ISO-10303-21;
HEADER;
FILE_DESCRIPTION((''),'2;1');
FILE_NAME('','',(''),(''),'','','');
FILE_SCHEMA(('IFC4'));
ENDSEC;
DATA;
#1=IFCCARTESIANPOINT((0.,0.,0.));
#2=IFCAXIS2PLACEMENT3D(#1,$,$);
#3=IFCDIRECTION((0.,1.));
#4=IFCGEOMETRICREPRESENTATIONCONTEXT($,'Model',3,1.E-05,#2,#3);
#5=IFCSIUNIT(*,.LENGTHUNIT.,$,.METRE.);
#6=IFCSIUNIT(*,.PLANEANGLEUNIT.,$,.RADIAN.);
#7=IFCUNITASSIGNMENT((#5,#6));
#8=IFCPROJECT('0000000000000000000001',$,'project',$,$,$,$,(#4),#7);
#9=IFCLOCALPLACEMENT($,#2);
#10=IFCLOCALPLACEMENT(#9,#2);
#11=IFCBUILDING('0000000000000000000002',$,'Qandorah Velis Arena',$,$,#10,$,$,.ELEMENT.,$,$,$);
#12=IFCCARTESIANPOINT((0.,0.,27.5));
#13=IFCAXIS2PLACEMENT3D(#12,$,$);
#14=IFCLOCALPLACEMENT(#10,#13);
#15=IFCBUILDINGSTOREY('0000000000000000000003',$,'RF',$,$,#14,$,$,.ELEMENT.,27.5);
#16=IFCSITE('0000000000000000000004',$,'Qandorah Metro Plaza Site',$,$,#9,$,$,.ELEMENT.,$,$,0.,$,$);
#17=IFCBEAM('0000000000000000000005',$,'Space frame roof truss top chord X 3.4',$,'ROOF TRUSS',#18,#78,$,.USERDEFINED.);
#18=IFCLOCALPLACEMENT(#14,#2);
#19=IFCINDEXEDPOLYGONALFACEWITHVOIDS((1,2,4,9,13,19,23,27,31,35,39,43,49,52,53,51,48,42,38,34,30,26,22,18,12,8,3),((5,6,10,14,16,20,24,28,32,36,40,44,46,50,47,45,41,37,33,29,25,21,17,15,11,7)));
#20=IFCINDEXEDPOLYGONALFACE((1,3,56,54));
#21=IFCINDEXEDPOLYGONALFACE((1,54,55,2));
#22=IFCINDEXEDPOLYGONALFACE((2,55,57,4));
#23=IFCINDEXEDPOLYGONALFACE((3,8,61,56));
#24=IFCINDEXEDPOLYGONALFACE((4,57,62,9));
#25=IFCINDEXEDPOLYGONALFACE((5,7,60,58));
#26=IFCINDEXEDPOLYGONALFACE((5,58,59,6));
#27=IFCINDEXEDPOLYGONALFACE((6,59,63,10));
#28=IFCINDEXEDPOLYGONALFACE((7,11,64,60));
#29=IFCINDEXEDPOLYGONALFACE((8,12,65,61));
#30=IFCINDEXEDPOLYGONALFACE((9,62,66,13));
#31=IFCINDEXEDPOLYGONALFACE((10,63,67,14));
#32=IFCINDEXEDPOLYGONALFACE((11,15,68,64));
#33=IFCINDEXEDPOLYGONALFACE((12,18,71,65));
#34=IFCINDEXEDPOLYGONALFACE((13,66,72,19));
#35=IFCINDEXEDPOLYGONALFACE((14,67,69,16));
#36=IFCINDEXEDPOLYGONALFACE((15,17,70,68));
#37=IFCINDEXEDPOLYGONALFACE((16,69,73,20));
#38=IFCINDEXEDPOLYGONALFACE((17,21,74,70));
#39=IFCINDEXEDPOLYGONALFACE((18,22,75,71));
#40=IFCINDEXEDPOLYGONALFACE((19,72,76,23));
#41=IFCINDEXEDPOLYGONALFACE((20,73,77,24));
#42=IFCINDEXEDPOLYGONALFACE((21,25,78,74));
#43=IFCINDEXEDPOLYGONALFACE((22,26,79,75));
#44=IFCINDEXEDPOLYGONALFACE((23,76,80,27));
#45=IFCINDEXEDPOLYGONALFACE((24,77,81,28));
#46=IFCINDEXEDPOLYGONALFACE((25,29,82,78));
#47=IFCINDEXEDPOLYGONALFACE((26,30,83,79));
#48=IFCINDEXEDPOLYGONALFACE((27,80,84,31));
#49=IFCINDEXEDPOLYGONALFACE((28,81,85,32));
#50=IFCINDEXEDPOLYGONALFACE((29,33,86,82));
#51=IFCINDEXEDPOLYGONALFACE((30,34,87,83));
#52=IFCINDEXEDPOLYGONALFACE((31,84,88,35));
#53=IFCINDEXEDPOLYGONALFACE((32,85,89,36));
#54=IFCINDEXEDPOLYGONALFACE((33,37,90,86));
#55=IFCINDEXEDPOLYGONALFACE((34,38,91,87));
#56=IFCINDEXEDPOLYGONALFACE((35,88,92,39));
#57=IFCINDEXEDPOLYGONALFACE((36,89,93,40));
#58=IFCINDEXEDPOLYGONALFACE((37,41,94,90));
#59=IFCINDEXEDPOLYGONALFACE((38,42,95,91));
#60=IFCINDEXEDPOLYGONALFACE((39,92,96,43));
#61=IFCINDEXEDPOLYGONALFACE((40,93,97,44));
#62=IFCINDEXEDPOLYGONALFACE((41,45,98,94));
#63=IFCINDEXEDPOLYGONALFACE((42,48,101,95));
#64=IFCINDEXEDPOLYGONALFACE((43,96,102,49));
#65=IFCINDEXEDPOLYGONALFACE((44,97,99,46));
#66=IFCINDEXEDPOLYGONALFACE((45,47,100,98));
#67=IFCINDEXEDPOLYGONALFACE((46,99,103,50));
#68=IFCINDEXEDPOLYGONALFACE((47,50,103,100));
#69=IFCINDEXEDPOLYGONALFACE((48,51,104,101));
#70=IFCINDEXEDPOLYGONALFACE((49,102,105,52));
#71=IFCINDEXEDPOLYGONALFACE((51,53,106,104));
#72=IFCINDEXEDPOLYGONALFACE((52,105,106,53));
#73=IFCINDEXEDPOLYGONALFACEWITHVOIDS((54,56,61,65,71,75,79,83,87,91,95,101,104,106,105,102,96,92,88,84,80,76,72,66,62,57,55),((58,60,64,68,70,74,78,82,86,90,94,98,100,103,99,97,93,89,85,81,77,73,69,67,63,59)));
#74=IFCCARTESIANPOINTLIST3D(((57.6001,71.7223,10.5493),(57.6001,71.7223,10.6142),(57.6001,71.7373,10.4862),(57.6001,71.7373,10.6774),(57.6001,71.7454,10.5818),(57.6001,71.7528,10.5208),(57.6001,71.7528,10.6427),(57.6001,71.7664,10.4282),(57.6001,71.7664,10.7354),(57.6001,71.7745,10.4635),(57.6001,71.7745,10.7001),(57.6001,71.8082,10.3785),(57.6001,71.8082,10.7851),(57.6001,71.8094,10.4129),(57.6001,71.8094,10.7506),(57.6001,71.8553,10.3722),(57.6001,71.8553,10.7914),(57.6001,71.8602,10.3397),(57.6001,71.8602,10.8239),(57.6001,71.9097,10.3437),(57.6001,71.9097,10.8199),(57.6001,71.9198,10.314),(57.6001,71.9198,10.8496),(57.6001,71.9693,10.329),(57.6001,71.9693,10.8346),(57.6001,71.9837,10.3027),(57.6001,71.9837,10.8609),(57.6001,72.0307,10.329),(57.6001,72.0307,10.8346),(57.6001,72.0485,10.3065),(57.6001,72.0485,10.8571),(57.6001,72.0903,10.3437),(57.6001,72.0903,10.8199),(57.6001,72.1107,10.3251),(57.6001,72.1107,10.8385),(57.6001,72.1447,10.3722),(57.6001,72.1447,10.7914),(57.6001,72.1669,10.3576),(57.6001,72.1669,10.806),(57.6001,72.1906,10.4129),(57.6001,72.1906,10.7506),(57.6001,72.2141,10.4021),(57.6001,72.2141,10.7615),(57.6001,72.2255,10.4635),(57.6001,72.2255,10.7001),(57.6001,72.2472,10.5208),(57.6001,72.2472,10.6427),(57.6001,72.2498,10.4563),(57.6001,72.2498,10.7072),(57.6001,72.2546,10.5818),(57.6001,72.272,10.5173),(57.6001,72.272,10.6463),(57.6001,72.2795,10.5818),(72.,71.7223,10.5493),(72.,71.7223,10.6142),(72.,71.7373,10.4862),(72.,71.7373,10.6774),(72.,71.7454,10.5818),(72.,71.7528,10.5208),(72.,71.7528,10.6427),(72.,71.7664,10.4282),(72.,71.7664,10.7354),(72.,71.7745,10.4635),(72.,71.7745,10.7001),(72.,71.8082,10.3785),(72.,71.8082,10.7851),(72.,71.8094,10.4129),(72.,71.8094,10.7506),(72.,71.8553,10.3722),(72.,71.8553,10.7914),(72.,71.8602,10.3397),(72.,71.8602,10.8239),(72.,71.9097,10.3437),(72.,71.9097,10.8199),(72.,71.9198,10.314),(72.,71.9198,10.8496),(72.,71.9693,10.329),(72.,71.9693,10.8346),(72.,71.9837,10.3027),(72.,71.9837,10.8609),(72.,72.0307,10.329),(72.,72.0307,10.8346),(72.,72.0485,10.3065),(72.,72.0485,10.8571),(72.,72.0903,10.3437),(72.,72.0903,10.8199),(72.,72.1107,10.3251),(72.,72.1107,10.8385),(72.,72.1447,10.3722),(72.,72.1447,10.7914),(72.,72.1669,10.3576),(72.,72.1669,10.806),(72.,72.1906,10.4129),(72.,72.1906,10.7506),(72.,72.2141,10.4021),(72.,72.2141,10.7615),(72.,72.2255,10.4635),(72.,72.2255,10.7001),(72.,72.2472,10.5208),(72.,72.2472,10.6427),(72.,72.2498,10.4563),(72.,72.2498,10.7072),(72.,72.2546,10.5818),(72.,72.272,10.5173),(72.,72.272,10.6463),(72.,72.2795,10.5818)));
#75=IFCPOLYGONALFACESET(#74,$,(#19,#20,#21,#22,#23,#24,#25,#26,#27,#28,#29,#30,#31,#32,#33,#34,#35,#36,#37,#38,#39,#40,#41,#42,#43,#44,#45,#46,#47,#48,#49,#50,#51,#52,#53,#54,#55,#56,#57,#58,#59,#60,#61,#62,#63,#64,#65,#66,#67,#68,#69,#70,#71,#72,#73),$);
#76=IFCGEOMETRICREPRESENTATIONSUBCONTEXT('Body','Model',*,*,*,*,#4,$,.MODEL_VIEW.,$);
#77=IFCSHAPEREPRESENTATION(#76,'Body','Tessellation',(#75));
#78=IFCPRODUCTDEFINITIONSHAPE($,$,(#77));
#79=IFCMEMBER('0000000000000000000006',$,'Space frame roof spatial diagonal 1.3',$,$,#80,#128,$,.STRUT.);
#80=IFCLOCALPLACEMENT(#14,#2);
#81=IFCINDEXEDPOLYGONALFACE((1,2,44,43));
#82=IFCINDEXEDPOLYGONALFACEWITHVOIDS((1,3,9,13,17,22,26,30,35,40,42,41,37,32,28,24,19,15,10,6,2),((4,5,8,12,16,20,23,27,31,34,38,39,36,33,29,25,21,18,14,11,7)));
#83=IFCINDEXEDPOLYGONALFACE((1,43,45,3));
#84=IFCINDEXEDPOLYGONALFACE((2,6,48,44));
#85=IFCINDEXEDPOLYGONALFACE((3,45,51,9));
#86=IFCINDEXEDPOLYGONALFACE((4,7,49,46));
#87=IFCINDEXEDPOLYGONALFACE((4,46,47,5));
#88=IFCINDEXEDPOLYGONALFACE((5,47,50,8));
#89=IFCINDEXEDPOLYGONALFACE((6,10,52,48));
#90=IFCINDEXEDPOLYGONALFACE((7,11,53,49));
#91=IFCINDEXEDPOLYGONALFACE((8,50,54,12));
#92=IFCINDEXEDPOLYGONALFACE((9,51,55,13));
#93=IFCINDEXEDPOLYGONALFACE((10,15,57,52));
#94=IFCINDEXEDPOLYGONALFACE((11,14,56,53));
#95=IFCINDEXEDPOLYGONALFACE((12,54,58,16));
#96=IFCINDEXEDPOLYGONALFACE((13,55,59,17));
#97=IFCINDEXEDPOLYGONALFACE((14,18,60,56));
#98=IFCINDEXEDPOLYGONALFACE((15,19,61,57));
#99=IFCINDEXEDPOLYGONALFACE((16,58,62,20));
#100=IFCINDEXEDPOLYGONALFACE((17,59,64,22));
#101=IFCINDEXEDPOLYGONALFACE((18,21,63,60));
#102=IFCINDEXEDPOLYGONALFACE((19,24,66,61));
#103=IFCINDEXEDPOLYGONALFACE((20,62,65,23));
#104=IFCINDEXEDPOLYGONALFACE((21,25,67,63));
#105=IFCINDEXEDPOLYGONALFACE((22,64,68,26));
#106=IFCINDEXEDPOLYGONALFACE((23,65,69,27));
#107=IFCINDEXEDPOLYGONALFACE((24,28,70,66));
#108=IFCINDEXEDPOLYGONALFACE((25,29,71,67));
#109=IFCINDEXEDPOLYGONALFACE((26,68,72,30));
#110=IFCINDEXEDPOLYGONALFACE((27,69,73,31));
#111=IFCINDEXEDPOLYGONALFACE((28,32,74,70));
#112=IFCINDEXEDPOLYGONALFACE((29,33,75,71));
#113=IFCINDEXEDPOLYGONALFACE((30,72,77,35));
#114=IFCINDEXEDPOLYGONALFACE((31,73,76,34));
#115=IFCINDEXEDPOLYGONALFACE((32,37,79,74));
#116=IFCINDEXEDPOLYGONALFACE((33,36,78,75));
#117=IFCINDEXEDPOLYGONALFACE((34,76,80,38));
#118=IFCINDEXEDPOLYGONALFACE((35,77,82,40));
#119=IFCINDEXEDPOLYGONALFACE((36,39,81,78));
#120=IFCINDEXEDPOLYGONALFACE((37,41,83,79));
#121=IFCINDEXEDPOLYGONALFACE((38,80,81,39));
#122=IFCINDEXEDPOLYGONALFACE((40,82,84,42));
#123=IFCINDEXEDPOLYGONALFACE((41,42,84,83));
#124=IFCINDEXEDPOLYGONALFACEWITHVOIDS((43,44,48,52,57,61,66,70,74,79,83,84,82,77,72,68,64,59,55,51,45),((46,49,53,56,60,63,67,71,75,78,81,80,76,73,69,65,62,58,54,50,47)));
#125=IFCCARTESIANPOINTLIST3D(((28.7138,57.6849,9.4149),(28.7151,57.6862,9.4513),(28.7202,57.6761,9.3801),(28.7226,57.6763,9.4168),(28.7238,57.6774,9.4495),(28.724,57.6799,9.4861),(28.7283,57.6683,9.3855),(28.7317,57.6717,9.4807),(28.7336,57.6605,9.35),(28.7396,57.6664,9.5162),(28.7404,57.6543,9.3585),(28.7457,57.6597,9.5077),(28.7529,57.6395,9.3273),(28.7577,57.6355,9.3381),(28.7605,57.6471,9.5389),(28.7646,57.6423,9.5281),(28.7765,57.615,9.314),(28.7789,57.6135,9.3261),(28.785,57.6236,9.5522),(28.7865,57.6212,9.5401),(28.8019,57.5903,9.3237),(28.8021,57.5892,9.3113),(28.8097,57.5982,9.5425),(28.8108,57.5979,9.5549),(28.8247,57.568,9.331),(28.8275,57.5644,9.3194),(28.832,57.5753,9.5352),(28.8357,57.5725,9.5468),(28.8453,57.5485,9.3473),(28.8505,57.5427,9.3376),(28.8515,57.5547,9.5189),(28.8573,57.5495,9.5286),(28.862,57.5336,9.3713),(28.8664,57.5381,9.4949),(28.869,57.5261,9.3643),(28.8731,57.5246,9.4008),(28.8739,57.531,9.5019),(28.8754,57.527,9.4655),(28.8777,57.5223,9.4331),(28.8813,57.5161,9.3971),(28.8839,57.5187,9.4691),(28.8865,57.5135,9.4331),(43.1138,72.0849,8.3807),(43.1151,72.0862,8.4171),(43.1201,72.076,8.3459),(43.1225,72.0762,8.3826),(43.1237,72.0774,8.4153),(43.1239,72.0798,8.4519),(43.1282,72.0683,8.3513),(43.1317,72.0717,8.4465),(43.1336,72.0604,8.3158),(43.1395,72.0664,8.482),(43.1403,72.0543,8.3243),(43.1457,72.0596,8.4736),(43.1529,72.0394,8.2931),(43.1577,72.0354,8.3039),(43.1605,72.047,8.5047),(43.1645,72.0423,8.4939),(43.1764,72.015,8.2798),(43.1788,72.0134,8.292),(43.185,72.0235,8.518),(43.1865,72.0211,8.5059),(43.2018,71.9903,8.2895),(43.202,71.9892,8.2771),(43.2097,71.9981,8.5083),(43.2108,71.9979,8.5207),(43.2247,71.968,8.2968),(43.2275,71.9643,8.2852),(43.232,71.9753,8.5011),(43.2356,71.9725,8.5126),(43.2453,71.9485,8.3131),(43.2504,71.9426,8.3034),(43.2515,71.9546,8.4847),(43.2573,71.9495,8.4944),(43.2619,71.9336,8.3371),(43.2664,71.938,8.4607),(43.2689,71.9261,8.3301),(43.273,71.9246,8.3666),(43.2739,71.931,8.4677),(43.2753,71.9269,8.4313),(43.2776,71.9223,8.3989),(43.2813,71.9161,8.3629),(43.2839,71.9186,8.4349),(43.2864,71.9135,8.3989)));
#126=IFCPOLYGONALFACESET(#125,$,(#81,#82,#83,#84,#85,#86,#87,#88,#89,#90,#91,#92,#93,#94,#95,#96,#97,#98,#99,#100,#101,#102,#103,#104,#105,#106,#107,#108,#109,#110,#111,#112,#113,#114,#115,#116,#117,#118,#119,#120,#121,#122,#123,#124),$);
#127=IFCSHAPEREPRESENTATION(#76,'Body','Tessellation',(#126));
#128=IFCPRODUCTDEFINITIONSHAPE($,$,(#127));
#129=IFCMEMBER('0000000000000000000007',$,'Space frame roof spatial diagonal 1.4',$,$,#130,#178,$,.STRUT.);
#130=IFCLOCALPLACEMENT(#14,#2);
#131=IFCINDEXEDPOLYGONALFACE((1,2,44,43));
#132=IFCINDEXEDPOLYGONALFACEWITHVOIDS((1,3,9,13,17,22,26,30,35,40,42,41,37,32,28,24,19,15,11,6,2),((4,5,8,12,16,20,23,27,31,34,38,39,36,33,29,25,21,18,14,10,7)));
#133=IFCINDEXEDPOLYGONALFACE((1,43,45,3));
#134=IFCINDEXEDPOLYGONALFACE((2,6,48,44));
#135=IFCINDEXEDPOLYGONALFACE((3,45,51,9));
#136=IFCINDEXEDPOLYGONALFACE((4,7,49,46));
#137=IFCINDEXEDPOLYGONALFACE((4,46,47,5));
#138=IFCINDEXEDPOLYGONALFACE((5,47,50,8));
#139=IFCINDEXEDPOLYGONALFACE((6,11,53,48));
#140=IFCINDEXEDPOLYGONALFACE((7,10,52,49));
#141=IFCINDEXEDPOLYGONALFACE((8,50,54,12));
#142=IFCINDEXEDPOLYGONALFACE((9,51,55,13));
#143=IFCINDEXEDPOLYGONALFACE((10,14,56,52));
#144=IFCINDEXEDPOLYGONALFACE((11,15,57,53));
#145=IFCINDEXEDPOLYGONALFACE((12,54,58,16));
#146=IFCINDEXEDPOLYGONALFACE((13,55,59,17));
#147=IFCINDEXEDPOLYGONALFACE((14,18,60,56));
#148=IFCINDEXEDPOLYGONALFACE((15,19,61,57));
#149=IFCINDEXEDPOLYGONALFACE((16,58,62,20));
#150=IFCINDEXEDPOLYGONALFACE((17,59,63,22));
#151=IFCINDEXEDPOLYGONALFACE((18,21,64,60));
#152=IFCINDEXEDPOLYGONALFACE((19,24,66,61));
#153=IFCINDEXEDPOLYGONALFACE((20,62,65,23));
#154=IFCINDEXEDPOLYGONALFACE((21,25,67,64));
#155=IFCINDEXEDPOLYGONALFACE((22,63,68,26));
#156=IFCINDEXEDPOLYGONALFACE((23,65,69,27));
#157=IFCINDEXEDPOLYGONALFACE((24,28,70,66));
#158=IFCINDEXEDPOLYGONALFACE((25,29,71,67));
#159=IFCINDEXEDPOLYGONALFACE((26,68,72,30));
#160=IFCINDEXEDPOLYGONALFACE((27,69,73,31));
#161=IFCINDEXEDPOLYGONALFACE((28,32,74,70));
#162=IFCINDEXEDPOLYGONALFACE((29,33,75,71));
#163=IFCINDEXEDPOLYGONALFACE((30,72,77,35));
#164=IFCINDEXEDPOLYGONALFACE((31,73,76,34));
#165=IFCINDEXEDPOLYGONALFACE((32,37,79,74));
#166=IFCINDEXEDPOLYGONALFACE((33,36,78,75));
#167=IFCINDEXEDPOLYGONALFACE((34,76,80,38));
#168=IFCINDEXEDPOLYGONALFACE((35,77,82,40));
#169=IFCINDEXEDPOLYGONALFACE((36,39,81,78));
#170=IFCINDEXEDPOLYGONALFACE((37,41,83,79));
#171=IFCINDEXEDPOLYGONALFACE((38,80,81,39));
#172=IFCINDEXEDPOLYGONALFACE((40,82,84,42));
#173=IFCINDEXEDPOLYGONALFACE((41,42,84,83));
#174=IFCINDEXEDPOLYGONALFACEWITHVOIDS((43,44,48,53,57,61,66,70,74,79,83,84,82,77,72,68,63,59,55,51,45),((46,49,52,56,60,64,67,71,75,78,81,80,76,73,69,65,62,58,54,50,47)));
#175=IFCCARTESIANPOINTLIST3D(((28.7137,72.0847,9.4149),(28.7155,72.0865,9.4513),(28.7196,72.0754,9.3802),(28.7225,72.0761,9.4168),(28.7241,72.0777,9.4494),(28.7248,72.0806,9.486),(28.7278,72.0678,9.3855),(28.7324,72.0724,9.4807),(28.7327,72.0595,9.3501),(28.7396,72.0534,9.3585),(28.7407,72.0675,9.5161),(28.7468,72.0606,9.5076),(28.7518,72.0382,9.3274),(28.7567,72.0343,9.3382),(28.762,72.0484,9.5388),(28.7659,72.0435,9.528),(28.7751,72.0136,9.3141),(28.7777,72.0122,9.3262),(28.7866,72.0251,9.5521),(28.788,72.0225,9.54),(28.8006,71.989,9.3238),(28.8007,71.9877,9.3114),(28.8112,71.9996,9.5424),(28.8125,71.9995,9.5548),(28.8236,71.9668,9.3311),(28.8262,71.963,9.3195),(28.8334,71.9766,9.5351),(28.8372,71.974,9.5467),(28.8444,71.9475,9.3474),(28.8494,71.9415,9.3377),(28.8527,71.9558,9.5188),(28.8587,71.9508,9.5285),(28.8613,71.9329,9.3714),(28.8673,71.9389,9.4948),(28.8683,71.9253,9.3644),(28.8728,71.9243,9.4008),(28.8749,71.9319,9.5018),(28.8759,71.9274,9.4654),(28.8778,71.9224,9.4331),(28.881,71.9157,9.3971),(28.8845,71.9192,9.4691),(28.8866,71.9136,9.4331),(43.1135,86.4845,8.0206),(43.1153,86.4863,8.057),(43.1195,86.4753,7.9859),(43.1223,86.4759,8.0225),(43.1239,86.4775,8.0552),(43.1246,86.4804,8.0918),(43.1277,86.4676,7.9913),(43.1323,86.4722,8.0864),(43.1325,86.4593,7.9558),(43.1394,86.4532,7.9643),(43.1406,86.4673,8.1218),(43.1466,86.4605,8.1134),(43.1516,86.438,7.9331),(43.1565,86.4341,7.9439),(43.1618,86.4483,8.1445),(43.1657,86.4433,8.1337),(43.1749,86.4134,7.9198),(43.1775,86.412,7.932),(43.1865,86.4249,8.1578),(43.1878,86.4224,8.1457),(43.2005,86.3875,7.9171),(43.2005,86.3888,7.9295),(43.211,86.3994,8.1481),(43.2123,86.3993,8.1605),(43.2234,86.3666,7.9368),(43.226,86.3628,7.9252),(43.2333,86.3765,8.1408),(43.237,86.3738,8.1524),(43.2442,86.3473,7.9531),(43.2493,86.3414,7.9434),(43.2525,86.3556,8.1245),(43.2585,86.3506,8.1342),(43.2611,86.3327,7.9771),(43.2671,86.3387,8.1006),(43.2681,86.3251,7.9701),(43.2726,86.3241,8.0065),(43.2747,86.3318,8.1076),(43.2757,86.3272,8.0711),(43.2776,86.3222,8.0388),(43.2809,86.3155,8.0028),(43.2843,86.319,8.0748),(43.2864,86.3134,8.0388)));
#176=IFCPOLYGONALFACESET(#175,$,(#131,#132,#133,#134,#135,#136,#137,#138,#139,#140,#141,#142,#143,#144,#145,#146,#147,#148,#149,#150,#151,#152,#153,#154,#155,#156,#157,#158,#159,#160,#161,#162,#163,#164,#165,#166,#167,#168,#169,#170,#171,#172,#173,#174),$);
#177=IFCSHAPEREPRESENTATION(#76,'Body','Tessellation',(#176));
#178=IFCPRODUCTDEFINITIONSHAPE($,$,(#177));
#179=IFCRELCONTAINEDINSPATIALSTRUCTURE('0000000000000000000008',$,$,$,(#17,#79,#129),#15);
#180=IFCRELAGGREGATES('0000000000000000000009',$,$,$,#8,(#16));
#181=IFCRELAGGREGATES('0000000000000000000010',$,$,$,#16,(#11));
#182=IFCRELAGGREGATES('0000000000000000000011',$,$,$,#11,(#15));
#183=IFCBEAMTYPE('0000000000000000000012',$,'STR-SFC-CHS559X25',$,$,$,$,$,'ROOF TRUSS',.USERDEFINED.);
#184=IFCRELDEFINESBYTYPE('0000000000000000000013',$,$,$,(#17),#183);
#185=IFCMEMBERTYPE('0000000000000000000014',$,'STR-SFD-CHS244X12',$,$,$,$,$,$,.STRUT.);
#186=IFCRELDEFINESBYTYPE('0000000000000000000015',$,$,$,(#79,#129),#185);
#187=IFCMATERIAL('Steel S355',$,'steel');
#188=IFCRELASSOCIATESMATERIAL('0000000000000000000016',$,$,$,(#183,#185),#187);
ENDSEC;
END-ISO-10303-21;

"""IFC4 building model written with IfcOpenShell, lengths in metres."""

from ifc_helpers import new_model, si_unit, direction, frame, origin, origin_2d, place, context, subcontext, project, spatial, hollow_circle, extrude, material, material_profile, profile_set, type_object, element, save


model = new_model("IFC4")

# Units and contexts
model_context = context("Model", 3, precision=1e-05, world=origin(), true_north=direction((0.0, 1.0)))
body_context = subcontext(model_context, "Body", "Model", "MODEL_VIEW")
ifc_project = project(units=[si_unit("LENGTHUNIT", "METRE"), si_unit("PLANEANGLEUNIT", "RADIAN")], contexts=[model_context])

# Site, building, storey
site_placement = place(None, origin())
site = spatial("IfcSite", under=ifc_project, at=site_placement, Name="Qandorah Metro Plaza Site", CompositionType="ELEMENT", RefElevation=0.0)
building_placement = place(site_placement, origin())
building = spatial("IfcBuilding", under=site, at=building_placement, Name="Qandorah Velis Arena", CompositionType="ELEMENT")
storey_placement = place(building_placement, frame((0.0, 0.0, 27.5)))
storey = spatial("IfcBuildingStorey", under=building, at=storey_placement, Name="RF", CompositionType="ELEMENT", Elevation=27.5)

# Shared definitions
ifc_material_1 = material(Name="Steel S355", Category="steel")

# Beam
ifc_material_profile_1 = material_profile(ifc_material_1, hollow_circle(Radius=0.2795, WallThickness=0.0249, at=origin_2d()), Name="CHS 559x25")
ifc_profile_set_1 = profile_set([ifc_material_profile_1], Name="Steel S355")
beam_type_1 = type_object("IfcBeamType", Name="STR-SFC-CHS559X25", ElementType="ROOF TRUSS", PredefinedType="USERDEFINED", material=ifc_profile_set_1)
beam_1_placement = place(storey_placement, frame((57.6001, 72.0, 10.5818), z_axis=(1.0, 0.0, 0.0), x_axis=(0.0, 1.0, 0.0)))
element("IfcBeam", 1, at=beam_1_placement, inside=storey, type_object=beam_type_1, Name="Space frame roof truss top chord X 3.4", ObjectType="ROOF TRUSS", PredefinedType="USERDEFINED", context=body_context, shape_type="SweptSolid", body=[
    extrude(hollow_circle(Radius=0.2795, WallThickness=0.0249, at=origin_2d()), origin(), (0.0, 0.0, 1.0), 14.3999),
])

# Members
ifc_material_profile_2 = material_profile(ifc_material_1, hollow_circle(Radius=0.1223, WallThickness=0.0125, at=origin_2d()), Name="CHS 244.5x12.5")
ifc_profile_set_2 = profile_set([ifc_material_profile_2], Name="Steel S355")
member_type_1 = type_object("IfcMemberType", Name="STR-SFD-CHS244X12", PredefinedType="STRUT", material=ifc_profile_set_2)
member_1_placement = place(storey_placement, frame((43.2, 72.0, 8.3989), z_axis=(-0.706197, -0.706197, 0.050718), x_axis=(0.707107, -0.707107, 0.0)))
element("IfcMember", 2, at=member_1_placement, inside=storey, type_object=member_type_1, Name="Space frame roof spatial diagonal 1.3", PredefinedType="STRUT", context=body_context, shape_type="SweptSolid", body=[
    extrude(hollow_circle(Radius=0.1223, WallThickness=0.0125, at=origin_2d()), origin(), (0.0, 0.0, 1.0), 20.3909),
])
member_2_placement = place(storey_placement, frame((43.2, 86.3999, 8.0388), z_axis=(-0.705455, -0.705455, 0.068307), x_axis=(0.707107, -0.707107, 0.0)))
element("IfcMember", 3, at=member_2_placement, inside=storey, type_object=member_type_1, Name="Space frame roof spatial diagonal 1.4", PredefinedType="STRUT", context=body_context, shape_type="SweptSolid", body=[
    extrude(hollow_circle(Radius=0.1223, WallThickness=0.0125, at=origin_2d()), origin(), (0.0, 0.0, 1.0), 20.4121),
])

save(model, "model.ifc")
